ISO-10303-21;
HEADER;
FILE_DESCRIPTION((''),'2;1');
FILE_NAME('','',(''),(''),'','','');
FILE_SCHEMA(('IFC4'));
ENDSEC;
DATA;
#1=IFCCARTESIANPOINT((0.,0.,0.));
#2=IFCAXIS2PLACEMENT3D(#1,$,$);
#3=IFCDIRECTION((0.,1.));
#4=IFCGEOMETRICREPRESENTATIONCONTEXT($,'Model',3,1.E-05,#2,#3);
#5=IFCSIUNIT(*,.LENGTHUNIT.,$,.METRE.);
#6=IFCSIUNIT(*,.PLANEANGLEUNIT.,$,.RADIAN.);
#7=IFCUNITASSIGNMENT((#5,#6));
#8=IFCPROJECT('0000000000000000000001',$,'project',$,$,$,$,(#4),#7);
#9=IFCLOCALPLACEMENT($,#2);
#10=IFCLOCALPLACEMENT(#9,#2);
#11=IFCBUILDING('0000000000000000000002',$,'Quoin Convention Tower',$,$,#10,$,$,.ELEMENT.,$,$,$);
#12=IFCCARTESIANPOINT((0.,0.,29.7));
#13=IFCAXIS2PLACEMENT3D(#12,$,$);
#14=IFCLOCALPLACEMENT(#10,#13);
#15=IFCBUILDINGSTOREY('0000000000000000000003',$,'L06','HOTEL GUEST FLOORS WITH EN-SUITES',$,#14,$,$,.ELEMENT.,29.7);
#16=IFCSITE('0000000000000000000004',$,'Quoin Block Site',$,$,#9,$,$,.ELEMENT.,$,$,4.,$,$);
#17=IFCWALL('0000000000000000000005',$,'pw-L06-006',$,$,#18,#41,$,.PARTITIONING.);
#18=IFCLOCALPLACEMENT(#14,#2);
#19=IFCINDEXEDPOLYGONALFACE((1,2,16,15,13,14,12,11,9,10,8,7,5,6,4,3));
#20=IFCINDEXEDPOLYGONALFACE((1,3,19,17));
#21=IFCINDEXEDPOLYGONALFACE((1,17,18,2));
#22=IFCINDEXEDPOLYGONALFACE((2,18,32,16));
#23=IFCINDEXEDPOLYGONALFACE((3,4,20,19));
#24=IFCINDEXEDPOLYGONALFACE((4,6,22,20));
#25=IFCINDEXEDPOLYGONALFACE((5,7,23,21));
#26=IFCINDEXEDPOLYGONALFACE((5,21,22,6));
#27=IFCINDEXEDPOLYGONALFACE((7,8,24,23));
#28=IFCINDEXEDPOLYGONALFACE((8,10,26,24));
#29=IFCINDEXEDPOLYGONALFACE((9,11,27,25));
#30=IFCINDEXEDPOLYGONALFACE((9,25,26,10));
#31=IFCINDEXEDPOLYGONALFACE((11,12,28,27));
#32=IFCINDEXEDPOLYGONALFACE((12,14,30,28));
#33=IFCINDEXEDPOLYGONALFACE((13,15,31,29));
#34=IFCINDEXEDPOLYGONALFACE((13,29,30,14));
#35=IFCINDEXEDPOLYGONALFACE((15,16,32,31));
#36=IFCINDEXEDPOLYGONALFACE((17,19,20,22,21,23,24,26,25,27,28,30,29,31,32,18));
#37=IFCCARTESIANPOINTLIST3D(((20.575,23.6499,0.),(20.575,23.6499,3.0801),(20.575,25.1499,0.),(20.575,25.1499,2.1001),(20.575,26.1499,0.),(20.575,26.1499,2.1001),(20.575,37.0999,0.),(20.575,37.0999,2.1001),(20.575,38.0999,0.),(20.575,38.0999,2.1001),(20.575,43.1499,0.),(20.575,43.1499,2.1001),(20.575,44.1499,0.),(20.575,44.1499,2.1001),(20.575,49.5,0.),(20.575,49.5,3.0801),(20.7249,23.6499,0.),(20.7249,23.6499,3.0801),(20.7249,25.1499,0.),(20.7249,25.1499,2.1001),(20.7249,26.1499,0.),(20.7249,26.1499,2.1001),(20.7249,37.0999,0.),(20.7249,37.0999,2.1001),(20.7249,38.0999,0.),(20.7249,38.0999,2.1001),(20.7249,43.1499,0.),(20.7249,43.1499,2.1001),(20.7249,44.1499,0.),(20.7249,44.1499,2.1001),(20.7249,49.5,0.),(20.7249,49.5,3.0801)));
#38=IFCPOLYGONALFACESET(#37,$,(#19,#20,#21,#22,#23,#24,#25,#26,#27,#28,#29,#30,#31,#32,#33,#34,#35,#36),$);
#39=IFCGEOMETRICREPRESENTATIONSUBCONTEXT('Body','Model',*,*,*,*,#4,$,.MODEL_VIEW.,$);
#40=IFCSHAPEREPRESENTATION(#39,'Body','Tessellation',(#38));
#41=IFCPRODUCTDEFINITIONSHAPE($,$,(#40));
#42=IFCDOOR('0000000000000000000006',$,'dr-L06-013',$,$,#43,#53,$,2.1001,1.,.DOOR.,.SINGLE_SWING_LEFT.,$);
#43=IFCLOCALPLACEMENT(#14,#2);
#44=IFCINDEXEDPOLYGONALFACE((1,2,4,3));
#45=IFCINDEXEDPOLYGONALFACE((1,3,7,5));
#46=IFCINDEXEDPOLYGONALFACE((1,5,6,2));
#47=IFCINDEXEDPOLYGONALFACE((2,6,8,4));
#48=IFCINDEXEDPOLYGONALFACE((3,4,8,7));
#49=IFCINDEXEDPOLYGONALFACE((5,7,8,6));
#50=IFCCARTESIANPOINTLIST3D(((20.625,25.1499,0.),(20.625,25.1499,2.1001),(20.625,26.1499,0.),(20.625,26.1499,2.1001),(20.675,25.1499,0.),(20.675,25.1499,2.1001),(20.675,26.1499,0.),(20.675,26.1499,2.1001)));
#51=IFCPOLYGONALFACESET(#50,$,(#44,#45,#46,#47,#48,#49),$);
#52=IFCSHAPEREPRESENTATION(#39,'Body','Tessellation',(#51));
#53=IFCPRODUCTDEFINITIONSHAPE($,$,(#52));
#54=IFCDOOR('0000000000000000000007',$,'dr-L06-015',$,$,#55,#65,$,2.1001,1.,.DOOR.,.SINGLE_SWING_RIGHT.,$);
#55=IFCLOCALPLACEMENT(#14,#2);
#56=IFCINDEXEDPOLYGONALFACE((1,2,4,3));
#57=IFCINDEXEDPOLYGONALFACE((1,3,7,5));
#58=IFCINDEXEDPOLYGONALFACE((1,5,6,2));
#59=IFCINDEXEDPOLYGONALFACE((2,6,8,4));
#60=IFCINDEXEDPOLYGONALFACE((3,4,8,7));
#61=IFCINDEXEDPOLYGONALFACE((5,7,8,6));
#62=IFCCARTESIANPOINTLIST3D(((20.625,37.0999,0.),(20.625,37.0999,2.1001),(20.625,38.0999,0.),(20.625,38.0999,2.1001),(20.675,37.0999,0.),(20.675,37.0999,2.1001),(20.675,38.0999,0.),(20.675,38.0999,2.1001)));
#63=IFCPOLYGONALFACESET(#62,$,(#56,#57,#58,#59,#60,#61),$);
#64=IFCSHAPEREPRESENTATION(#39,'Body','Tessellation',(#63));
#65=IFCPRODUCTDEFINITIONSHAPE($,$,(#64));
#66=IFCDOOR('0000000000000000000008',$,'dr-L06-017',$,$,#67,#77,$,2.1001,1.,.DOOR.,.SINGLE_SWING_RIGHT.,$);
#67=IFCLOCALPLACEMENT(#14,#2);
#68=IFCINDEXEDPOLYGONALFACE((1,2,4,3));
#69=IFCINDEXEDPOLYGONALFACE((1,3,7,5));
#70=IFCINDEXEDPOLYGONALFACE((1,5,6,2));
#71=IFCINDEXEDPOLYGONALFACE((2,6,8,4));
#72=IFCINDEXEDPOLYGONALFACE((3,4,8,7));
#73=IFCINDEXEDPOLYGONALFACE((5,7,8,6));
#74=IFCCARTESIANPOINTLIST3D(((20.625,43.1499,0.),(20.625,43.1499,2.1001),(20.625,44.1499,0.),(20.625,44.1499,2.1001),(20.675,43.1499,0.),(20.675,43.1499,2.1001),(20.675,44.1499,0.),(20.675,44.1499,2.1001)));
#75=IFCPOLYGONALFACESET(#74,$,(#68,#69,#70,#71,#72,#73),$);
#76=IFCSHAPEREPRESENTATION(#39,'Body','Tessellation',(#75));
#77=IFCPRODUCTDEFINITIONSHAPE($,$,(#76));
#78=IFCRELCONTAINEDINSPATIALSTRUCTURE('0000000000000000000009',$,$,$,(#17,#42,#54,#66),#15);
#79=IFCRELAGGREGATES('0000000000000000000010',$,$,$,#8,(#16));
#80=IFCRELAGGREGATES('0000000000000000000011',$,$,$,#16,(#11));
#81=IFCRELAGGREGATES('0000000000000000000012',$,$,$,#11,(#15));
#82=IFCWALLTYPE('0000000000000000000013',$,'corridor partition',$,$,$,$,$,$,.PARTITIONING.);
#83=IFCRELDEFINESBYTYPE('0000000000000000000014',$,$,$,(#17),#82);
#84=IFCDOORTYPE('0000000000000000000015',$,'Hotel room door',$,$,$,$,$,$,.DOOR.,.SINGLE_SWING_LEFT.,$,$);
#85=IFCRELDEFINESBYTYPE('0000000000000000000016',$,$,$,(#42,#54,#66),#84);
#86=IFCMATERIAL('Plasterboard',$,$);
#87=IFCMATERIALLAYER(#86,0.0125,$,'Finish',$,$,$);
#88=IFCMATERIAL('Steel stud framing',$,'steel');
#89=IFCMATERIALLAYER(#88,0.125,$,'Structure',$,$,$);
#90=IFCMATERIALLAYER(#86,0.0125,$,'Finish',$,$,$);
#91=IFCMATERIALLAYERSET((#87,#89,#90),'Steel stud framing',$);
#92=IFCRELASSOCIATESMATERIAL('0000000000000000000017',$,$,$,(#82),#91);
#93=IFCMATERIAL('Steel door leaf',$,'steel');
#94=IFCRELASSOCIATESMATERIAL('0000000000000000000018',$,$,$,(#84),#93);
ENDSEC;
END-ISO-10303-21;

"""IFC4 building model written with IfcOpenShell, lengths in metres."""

from ifc_helpers import new_model, si_unit, direction, frame, frame_2d, origin, place, context, subcontext, project, spatial, rectangle, extrude, material, layer, layer_set, type_object, element, fill, save


model = new_model("IFC4")

# Units and contexts
model_context = context("Model", 3, precision=1e-05, world=origin(), true_north=direction((0.0, 1.0)))
body_context = subcontext(model_context, "Body", "Model", "MODEL_VIEW")
ifc_project = project(units=[si_unit("LENGTHUNIT", "METRE"), si_unit("PLANEANGLEUNIT", "RADIAN")], contexts=[model_context])

# Site, building, storey
site_placement = place(None, origin())
site = spatial("IfcSite", under=ifc_project, at=site_placement, Name="Quoin Block Site", CompositionType="ELEMENT", RefElevation=4.0)
building_placement = place(site_placement, origin())
building = spatial("IfcBuilding", under=site, at=building_placement, Name="Quoin Convention Tower", CompositionType="ELEMENT")
storey_placement = place(building_placement, frame((0.0, 0.0, 29.7)))
storey = spatial("IfcBuildingStorey", under=building, at=storey_placement, Name="L06", Description="HOTEL GUEST FLOORS WITH EN-SUITES", CompositionType="ELEMENT", Elevation=29.7)

# Shared definitions
ifc_material_1 = material(Name="Steel door leaf", Category="steel")

# Wall, openings, doors
ifc_material_2 = material(Name="Plasterboard")
ifc_layer_1 = layer(ifc_material_2, 0.0125, Name="Finish")
ifc_material_3 = material(Name="Steel stud framing", Category="steel")
ifc_layer_2 = layer(ifc_material_3, 0.125, Name="Structure")
ifc_layer_3 = layer(ifc_material_2, 0.0125, Name="Finish")
ifc_layer_set_1 = layer_set([ifc_layer_1, ifc_layer_2, ifc_layer_3], Name="Steel stud framing")
wall_type_1 = type_object("IfcWallType", Name="corridor partition", PredefinedType="PARTITIONING", material=ifc_layer_set_1)
door_type_1 = type_object("IfcDoorType", Name="Hotel room door", OperationType="SINGLE_SWING_LEFT", PredefinedType="DOOR", material=ifc_material_1)
wall_1_placement = place(storey_placement, frame((20.6499, 23.6499, 0.0), z_axis=(0.0, 0.0, 1.0), x_axis=(0.0, 1.0, 0.0)))
wall_1 = element("IfcWall", 1, at=wall_1_placement, inside=storey, type_object=wall_type_1, Name="pw-L06-006", PredefinedType="PARTITIONING", context=body_context, shape_type="SweptSolid", body=[
    extrude(rectangle(XDim=25.8501, YDim=0.1499, at=frame_2d((12.925, 0.0))), origin(), (0.0, 0.0, 1.0), 3.0801),
])
opening_1_placement = place(wall_1_placement, frame((1.5, 0.0, 0.0)))
opening_1 = element("IfcOpeningElement", 2, at=opening_1_placement, cuts=wall_1, PredefinedType="OPENING", context=body_context, shape_type="SweptSolid", body=[
    extrude(rectangle(XDim=1.0, YDim=2.1001, at=frame_2d((0.5, 1.05))), frame((0.0, 0.085, 0.0), z_axis=(0.0, -1.0, 0.0), x_axis=(1.0, 0.0, 0.0)), (0.0, 0.0, 1.0), 0.1699),
])
opening_2_placement = place(wall_1_placement, frame((13.45, 0.0, 0.0)))
opening_2 = element("IfcOpeningElement", 3, at=opening_2_placement, cuts=wall_1, PredefinedType="OPENING", context=body_context, shape_type="SweptSolid", body=[
    extrude(rectangle(XDim=1.0, YDim=2.1001, at=frame_2d((0.5, 1.05))), frame((0.0, 0.085, 0.0), z_axis=(0.0, -1.0, 0.0), x_axis=(1.0, 0.0, 0.0)), (0.0, 0.0, 1.0), 0.1699),
])
opening_3_placement = place(wall_1_placement, frame((19.5, 0.0, 0.0)))
opening_3 = element("IfcOpeningElement", 4, at=opening_3_placement, cuts=wall_1, PredefinedType="OPENING", context=body_context, shape_type="SweptSolid", body=[
    extrude(rectangle(XDim=1.0, YDim=2.1001, at=frame_2d((0.5, 1.05))), frame((0.0, 0.085, 0.0), z_axis=(0.0, -1.0, 0.0), x_axis=(1.0, 0.0, 0.0)), (0.0, 0.0, 1.0), 0.1699),
])
door_1_placement = place(opening_1_placement, origin())
door_1 = element("IfcDoor", 5, at=door_1_placement, inside=storey, type_object=door_type_1, Name="dr-L06-013", OperationType="SINGLE_SWING_LEFT", OverallHeight=2.1001, OverallWidth=1.0, PredefinedType="DOOR", context=body_context, shape_type="SweptSolid", body=[
    extrude(rectangle(XDim=1.0, YDim=2.1001, at=frame_2d((0.5, 1.05))), frame((0.0, 0.0249, 0.0), z_axis=(0.0, -1.0, 0.0), x_axis=(1.0, 0.0, 0.0)), (0.0, 0.0, 1.0), 0.05),
])
fill(opening_1, door_1)
door_2_placement = place(opening_2_placement, origin())
door_2 = element("IfcDoor", 6, at=door_2_placement, inside=storey, type_object=door_type_1, Name="dr-L06-015", OperationType="SINGLE_SWING_RIGHT", OverallHeight=2.1001, OverallWidth=1.0, PredefinedType="DOOR", context=body_context, shape_type="SweptSolid", body=[
    extrude(rectangle(XDim=1.0, YDim=2.1001, at=frame_2d((0.5, 1.05))), frame((0.0, 0.0249, 0.0), z_axis=(0.0, -1.0, 0.0), x_axis=(1.0, 0.0, 0.0)), (0.0, 0.0, 1.0), 0.05),
])
fill(opening_2, door_2)
door_3_placement = place(opening_3_placement, origin())
door_3 = element("IfcDoor", 7, at=door_3_placement, inside=storey, type_object=door_type_1, Name="dr-L06-017", OperationType="SINGLE_SWING_RIGHT", OverallHeight=2.1001, OverallWidth=1.0, PredefinedType="DOOR", context=body_context, shape_type="SweptSolid", body=[
    extrude(rectangle(XDim=1.0, YDim=2.1001, at=frame_2d((0.5, 1.05))), frame((0.0, 0.0249, 0.0), z_axis=(0.0, -1.0, 0.0), x_axis=(1.0, 0.0, 0.0)), (0.0, 0.0, 1.0), 0.05),
])
fill(opening_3, door_3)

save(model, "model.ifc")
